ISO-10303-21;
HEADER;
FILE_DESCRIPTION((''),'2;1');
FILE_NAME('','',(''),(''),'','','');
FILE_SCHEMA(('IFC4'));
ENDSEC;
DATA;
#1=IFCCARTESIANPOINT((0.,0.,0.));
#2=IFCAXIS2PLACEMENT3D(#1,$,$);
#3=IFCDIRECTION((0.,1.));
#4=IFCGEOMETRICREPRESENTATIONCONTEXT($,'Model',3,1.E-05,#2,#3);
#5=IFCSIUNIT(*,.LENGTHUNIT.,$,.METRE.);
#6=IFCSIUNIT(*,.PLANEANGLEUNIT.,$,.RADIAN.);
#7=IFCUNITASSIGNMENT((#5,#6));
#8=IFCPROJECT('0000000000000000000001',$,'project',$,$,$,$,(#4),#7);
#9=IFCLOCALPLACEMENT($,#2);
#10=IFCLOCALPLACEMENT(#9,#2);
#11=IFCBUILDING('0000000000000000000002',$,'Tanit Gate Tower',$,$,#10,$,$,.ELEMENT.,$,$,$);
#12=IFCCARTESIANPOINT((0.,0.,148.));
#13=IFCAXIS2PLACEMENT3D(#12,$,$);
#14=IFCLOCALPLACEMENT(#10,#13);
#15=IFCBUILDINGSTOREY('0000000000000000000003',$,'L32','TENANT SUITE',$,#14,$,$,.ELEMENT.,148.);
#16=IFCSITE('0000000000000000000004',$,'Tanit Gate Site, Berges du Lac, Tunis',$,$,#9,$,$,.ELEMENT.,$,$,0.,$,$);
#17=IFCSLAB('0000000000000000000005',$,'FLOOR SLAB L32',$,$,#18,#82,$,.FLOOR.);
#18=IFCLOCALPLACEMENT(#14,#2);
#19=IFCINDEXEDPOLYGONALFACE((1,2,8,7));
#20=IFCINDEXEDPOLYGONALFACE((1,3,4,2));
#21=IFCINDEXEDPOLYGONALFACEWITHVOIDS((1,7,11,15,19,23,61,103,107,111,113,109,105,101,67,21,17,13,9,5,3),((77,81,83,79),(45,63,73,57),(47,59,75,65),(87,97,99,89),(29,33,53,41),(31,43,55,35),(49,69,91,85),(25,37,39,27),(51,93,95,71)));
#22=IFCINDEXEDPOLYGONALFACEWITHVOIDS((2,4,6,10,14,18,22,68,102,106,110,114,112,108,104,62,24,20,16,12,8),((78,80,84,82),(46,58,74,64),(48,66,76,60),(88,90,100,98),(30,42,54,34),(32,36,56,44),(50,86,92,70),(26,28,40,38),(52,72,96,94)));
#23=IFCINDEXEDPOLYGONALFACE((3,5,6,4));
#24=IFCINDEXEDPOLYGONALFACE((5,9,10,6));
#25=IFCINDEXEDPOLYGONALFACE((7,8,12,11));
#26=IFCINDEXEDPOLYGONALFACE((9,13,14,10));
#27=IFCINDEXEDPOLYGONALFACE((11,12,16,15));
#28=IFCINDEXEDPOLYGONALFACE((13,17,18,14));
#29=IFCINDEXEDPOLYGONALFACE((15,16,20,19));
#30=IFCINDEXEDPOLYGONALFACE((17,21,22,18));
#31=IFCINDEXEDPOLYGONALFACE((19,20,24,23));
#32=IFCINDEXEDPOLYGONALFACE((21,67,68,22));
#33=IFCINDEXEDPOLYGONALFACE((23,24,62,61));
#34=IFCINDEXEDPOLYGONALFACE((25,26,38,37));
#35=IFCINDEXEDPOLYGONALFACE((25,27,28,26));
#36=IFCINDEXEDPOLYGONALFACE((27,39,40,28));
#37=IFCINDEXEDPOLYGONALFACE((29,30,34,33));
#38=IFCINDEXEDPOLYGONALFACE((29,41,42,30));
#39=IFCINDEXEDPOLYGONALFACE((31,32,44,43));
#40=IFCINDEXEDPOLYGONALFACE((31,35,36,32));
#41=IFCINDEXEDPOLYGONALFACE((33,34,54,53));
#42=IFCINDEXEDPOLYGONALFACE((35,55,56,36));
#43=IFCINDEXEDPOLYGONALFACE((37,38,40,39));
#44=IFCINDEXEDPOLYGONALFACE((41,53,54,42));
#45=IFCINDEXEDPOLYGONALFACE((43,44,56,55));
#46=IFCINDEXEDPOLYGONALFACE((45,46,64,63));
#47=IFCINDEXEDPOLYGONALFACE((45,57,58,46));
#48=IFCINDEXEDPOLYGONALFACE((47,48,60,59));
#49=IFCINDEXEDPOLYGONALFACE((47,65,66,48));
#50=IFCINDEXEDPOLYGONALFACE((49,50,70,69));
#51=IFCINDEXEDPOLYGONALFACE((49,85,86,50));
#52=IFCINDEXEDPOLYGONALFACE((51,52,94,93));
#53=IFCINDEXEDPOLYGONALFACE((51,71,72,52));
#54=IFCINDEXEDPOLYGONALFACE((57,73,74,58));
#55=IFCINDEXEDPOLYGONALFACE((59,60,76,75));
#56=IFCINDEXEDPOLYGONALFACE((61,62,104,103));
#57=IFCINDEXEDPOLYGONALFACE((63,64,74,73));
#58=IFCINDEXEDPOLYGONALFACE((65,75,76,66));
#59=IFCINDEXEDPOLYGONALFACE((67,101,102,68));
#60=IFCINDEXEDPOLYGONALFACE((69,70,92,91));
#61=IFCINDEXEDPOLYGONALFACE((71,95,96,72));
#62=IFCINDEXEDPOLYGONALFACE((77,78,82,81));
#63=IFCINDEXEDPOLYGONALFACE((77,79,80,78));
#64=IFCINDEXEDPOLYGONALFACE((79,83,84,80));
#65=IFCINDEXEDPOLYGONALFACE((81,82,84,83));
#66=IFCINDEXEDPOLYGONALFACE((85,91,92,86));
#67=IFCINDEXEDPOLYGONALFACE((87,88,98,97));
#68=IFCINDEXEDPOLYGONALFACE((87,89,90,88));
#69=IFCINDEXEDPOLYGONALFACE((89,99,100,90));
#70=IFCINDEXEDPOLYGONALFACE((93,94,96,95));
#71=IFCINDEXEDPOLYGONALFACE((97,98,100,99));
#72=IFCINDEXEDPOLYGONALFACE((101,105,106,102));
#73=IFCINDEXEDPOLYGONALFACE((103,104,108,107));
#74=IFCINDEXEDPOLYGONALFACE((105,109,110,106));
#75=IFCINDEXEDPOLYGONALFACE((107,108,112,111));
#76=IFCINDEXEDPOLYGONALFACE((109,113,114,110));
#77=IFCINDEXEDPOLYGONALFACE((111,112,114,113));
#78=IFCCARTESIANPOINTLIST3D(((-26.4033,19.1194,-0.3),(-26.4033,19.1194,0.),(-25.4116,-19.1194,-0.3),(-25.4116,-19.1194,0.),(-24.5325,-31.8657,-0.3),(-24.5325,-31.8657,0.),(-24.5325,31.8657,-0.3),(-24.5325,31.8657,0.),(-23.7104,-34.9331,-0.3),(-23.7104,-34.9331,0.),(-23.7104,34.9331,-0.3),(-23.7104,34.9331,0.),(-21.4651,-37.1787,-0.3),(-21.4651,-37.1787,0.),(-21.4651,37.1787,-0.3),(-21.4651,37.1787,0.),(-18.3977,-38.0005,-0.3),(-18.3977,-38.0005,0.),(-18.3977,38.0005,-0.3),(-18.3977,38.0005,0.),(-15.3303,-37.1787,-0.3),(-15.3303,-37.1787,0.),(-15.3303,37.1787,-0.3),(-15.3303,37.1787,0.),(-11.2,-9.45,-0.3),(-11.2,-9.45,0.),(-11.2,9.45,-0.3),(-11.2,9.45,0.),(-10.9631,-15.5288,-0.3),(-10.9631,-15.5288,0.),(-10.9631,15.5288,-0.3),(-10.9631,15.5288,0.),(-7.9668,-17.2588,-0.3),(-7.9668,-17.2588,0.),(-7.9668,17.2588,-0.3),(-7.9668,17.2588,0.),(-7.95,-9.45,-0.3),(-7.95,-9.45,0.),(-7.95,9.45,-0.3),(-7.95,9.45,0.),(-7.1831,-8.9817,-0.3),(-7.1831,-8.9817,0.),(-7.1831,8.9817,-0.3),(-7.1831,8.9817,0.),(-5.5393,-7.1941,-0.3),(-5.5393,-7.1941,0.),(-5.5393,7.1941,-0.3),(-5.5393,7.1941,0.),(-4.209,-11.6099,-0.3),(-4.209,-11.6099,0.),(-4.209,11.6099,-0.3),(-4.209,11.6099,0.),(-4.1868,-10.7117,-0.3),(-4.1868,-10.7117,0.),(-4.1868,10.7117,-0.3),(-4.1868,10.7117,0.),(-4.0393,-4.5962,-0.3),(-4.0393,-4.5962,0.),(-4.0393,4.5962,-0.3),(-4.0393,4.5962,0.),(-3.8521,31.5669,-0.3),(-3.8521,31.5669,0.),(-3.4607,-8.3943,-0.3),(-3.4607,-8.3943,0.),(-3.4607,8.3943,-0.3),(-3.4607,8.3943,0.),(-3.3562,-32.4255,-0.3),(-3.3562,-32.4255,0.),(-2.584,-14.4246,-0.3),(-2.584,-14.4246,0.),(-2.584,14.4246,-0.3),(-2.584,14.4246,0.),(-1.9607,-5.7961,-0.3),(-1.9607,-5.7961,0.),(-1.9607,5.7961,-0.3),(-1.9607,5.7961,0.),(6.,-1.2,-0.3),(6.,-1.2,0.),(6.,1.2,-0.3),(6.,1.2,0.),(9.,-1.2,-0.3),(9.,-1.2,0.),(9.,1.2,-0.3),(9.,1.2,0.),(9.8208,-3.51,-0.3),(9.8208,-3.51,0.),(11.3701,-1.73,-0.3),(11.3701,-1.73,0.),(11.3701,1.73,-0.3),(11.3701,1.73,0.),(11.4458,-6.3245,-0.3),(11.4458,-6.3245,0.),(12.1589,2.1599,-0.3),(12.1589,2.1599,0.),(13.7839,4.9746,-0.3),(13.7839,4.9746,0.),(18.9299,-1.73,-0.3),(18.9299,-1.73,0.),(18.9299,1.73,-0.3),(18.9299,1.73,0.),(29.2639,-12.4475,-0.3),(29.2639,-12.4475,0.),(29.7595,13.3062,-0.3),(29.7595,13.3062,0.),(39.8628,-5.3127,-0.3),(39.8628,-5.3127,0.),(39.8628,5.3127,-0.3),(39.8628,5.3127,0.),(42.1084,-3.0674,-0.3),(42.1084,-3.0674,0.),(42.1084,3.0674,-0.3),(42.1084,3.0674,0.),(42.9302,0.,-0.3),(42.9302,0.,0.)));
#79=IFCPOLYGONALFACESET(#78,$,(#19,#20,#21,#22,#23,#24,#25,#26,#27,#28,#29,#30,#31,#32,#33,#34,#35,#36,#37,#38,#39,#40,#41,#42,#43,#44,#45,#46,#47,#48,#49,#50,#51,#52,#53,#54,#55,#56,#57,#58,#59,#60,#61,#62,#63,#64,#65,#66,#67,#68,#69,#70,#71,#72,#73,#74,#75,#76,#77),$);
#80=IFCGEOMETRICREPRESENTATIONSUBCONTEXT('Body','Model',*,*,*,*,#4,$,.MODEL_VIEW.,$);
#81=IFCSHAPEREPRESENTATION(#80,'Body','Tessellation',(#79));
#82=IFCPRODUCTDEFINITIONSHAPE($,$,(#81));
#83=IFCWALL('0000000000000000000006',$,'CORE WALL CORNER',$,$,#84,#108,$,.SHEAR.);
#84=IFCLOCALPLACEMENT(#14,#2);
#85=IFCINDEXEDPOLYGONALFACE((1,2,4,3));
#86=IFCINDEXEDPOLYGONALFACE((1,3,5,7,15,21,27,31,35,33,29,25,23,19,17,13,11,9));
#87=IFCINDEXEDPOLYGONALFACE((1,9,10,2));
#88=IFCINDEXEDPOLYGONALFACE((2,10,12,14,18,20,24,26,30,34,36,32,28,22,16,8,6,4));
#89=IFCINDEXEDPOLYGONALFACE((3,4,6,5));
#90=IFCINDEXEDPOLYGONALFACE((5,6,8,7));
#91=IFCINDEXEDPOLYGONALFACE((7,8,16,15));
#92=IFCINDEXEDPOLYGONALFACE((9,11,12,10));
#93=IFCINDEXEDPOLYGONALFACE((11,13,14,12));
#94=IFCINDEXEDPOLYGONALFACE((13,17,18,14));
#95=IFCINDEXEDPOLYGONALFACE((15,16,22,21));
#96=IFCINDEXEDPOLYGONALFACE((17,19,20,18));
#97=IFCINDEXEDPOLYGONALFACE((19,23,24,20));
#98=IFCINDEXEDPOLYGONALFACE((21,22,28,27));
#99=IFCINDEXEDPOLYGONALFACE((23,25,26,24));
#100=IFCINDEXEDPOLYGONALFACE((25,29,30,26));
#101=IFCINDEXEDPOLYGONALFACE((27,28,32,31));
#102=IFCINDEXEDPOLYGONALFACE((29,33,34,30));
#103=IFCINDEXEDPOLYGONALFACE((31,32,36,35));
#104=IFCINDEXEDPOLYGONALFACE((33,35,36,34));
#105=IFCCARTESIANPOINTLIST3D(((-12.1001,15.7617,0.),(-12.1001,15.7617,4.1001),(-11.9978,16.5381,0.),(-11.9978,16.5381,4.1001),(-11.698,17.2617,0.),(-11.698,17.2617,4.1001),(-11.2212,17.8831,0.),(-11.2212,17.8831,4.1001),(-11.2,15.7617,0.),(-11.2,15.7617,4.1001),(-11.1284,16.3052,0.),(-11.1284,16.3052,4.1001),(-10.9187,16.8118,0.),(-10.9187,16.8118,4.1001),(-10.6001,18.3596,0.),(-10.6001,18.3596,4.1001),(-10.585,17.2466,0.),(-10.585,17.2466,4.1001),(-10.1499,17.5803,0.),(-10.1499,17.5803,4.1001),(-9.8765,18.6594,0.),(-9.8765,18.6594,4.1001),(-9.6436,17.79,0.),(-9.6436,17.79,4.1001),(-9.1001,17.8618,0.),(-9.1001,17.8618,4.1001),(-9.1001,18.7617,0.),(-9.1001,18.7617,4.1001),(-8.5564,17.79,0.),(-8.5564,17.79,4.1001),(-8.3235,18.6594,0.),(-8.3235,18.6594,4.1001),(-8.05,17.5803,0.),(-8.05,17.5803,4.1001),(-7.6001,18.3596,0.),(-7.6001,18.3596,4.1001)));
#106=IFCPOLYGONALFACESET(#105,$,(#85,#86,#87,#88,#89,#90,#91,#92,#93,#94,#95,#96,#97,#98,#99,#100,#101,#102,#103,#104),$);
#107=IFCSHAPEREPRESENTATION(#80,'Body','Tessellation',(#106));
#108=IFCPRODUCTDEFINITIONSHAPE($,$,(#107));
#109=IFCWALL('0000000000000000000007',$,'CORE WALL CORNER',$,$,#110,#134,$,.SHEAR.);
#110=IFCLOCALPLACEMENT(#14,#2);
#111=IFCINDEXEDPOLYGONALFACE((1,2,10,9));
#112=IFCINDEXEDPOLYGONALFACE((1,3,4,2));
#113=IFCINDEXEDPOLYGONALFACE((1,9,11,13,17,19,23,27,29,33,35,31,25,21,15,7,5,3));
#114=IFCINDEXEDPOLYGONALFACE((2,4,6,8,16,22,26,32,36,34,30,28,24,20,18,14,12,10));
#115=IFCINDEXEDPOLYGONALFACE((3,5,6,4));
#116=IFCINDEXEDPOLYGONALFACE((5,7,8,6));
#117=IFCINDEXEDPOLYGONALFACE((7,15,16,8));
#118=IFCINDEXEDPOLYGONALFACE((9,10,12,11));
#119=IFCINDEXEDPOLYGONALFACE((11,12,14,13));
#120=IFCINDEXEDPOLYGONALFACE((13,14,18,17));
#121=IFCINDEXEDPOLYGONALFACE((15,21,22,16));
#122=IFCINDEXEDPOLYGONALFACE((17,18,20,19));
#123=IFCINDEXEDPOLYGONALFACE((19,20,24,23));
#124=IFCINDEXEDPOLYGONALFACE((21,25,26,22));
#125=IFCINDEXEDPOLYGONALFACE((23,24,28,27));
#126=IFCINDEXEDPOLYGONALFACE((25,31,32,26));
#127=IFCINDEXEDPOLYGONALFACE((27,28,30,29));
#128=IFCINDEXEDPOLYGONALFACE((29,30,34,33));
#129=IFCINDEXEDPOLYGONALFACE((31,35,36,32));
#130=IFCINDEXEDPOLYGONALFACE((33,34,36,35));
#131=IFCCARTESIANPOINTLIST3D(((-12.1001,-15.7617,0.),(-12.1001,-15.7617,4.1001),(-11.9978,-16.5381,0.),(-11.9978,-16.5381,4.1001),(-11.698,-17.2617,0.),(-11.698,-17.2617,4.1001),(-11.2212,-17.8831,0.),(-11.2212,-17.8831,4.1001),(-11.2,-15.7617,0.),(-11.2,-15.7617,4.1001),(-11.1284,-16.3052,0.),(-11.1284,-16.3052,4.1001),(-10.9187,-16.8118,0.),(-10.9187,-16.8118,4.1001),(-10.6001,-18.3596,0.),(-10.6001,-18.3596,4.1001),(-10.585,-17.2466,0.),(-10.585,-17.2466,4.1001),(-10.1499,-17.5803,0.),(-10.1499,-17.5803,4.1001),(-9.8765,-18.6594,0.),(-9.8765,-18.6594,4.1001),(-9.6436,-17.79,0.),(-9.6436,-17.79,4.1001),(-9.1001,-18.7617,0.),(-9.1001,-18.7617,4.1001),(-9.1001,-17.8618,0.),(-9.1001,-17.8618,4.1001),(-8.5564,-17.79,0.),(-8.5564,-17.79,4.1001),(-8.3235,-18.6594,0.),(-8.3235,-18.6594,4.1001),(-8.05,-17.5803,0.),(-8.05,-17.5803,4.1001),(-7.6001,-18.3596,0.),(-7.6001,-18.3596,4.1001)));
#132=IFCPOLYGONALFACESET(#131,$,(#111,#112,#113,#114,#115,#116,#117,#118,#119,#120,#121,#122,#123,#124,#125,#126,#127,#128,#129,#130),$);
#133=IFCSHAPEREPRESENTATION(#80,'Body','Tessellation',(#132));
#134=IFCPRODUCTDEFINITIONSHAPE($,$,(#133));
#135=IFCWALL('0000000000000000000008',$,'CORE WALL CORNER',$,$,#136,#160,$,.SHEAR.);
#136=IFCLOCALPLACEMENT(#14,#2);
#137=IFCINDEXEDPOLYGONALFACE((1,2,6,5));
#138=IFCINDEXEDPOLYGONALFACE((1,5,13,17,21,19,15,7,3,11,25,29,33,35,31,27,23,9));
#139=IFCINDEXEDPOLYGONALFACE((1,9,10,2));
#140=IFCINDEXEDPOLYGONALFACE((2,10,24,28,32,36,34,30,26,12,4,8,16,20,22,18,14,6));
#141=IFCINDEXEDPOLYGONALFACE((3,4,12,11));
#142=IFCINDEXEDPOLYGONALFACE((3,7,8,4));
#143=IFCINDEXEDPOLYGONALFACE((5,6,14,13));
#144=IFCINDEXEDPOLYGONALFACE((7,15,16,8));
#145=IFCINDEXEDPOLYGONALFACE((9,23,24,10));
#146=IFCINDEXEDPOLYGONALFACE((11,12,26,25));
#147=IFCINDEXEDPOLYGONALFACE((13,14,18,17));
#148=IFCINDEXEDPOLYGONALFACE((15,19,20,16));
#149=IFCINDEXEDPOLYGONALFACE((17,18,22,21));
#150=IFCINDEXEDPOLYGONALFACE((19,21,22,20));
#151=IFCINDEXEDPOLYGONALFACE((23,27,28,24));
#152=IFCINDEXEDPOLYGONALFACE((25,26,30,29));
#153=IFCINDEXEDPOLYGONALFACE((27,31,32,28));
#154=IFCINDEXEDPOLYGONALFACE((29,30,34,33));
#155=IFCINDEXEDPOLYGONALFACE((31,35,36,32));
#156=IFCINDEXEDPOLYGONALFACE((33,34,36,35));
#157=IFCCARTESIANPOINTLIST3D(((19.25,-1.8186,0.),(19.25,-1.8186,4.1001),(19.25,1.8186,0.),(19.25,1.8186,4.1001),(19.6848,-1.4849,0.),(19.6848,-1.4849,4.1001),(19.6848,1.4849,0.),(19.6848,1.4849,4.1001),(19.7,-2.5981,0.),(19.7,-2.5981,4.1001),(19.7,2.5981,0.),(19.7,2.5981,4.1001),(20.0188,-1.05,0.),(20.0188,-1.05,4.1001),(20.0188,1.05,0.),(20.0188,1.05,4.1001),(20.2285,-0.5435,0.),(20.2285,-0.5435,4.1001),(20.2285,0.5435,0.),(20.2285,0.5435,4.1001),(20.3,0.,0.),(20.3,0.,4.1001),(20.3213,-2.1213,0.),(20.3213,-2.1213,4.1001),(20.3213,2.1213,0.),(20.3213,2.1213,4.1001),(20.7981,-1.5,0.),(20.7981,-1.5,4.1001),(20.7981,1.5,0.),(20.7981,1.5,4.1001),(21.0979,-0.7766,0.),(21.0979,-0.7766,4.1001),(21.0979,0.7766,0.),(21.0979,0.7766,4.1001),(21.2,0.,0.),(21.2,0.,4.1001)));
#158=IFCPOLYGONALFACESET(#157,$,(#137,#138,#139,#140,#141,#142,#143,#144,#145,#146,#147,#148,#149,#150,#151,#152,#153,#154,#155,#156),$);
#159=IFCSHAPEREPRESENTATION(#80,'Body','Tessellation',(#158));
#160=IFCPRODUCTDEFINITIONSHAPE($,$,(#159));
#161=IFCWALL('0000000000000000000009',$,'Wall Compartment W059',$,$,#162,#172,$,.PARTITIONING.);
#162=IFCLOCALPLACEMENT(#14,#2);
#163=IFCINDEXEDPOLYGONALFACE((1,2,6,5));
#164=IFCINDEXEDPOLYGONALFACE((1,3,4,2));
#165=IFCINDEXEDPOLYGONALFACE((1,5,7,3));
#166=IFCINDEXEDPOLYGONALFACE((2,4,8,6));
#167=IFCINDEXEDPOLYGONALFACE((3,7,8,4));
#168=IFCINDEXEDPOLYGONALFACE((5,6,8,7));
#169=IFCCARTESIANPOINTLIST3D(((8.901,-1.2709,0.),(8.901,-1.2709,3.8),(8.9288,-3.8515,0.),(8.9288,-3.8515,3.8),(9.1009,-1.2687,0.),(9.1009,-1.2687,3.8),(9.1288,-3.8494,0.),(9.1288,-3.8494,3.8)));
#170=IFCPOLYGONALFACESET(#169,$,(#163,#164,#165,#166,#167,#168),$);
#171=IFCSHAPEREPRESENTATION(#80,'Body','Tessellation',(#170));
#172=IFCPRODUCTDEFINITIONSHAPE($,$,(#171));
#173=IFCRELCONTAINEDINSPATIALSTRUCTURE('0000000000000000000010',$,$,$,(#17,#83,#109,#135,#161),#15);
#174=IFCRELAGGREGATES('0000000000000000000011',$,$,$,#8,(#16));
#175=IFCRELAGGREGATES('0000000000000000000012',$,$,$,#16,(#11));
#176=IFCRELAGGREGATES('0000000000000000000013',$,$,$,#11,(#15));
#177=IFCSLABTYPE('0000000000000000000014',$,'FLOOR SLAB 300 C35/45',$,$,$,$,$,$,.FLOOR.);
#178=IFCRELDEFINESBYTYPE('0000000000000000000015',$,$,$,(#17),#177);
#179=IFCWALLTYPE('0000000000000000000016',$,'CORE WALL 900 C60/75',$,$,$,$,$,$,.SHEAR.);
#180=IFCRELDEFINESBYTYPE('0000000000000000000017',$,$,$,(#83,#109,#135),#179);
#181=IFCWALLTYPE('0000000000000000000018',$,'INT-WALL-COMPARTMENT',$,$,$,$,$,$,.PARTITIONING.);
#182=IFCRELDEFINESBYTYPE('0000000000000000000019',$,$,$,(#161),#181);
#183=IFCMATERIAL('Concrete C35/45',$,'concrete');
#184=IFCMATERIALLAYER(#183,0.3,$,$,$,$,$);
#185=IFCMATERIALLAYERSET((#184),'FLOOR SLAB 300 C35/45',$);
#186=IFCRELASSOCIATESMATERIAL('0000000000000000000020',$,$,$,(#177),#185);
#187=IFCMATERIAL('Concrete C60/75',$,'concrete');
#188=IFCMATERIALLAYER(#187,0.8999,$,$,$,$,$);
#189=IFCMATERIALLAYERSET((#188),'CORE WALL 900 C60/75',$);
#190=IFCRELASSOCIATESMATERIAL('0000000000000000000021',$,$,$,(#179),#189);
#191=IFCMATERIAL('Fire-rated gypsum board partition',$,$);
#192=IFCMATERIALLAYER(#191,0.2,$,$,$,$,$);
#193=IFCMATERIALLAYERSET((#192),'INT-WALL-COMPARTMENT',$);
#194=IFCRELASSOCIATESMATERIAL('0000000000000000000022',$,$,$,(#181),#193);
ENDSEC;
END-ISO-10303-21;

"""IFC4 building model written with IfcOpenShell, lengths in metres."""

from ifc_helpers import new_model, si_unit, direction, frame, frame_2d, origin, place, context, subcontext, project, spatial, polyline, rectangle, outline, extrude, material, layer, layer_set, type_object, element, save


model = new_model("IFC4")

# Units and contexts
model_context = context("Model", 3, precision=1e-05, world=origin(), true_north=direction((0.0, 1.0)))
body_context = subcontext(model_context, "Body", "Model", "MODEL_VIEW")
ifc_project = project(units=[si_unit("LENGTHUNIT", "METRE"), si_unit("PLANEANGLEUNIT", "RADIAN")], contexts=[model_context])

# Site, building, storey
site_placement = place(None, origin())
site = spatial("IfcSite", under=ifc_project, at=site_placement, Name="Tanit Gate Site, Berges du Lac, Tunis", CompositionType="ELEMENT", RefElevation=0.0)
building_placement = place(site_placement, origin())
building = spatial("IfcBuilding", under=site, at=building_placement, Name="Tanit Gate Tower", CompositionType="ELEMENT")
storey_placement = place(building_placement, frame((0.0, 0.0, 148.0)))
storey = spatial("IfcBuildingStorey", under=building, at=storey_placement, Name="L32", Description="TENANT SUITE", CompositionType="ELEMENT", Elevation=148.0)

# Slab
ifc_material_1 = material(Name="Concrete C35/45", Category="concrete")
ifc_layer_1 = layer(ifc_material_1, 0.3)
ifc_layer_set_1 = layer_set([ifc_layer_1], Name="FLOOR SLAB 300 C35/45")
slab_type = type_object("IfcSlabType", Name="FLOOR SLAB 300 C35/45", PredefinedType="FLOOR", material=ifc_layer_set_1)
slab_placement = place(storey_placement, frame((0.0, 0.0, -0.3)))
element("IfcSlab", 1, at=slab_placement, inside=storey, type_object=slab_type, Name="FLOOR SLAB L32", PredefinedType="FLOOR", context=body_context, shape_type="SweptSolid", body=[
    extrude(outline(polyline([(39.8628, 5.3127), (42.1084, 3.0674), (42.9302, 0.0), (42.1084, -3.0674), (39.8628, -5.3127), (29.2639, -12.4475), (-3.3562, -32.4255), (-15.3303, -37.1787), (-18.3977, -38.0005), (-21.4651, -37.1787), (-23.7104, -34.9331), (-24.5325, -31.8657), (-25.4116, -19.1194), (-26.4033, 19.1194), (-24.5325, 31.8657), (-23.7104, 34.9331), (-21.4651, 37.1787), (-18.3977, 38.0005), (-15.3303, 37.1787), (-3.8521, 31.5669), (29.7595, 13.3062), (39.8628, 5.3127)]), holes=[polyline([(11.3701, 1.73), (18.9299, 1.73), (18.9299, -1.73), (11.3701, -1.73), (11.3701, 1.73)]), polyline([(-4.209, 11.6099), (-2.584, 14.4246), (13.7839, 4.9746), (12.1589, 2.1599), (-4.209, 11.6099)]), polyline([(-4.209, -11.6099), (9.8208, -3.51), (11.4458, -6.3245), (-2.584, -14.4246), (-4.209, -11.6099)]), polyline([(9.0, 1.2), (9.0, -1.2), (6.0, -1.2), (6.0, 1.2), (9.0, 1.2)]), polyline([(-5.5393, 7.1941), (-3.4607, 8.3943), (-1.9607, 5.7961), (-4.0393, 4.5962), (-5.5393, 7.1941)]), polyline([(-1.9607, -5.7961), (-3.4607, -8.3943), (-5.5393, -7.1941), (-4.0393, -4.5962), (-1.9607, -5.7961)]), polyline([(-10.9631, 15.5288), (-7.9668, 17.2588), (-4.1868, 10.7117), (-7.1831, 8.9817), (-10.9631, 15.5288)]), polyline([(-4.1868, -10.7117), (-7.9668, -17.2588), (-10.9631, -15.5288), (-7.1831, -8.9817), (-4.1868, -10.7117)]), polyline([(-11.2, -9.45), (-11.2, 9.45), (-7.95, 9.45), (-7.95, -9.45), (-11.2, -9.45)])]), origin(), (0.0, 0.0, 1.0), 0.3),
])

# Walls
ifc_material_2 = material(Name="Concrete C60/75", Category="concrete")
ifc_layer_2 = layer(ifc_material_2, 0.8999)
ifc_layer_set_2 = layer_set([ifc_layer_2], Name="CORE WALL 900 C60/75")
wall_type_1 = type_object("IfcWallType", Name="CORE WALL 900 C60/75", PredefinedType="SHEAR", material=ifc_layer_set_2)
wall_1_placement = place(storey_placement, origin())
element("IfcWall", 2, at=wall_1_placement, inside=storey, type_object=wall_type_1, Name="CORE WALL CORNER", PredefinedType="SHEAR", context=body_context, shape_type="SweptSolid", body=[
    extrude(outline(polyline([(-7.6001, 18.3596), (-8.3235, 18.6594), (-9.1001, 18.7617), (-9.8765, 18.6594), (-10.6001, 18.3596), (-11.2212, 17.8831), (-11.698, 17.2617), (-11.9978, 16.5381), (-12.1001, 15.7617), (-11.2, 15.7617), (-11.1284, 16.3052), (-10.9187, 16.8118), (-10.585, 17.2466), (-10.1499, 17.5803), (-9.6436, 17.79), (-9.1001, 17.8618), (-8.5564, 17.79), (-8.05, 17.5803), (-7.6001, 18.3596)])), origin(), (0.0, 0.0, 1.0), 4.1001),
])
wall_2_placement = place(storey_placement, origin())
element("IfcWall", 3, at=wall_2_placement, inside=storey, type_object=wall_type_1, Name="CORE WALL CORNER", PredefinedType="SHEAR", context=body_context, shape_type="SweptSolid", body=[
    extrude(outline(polyline([(-12.1001, -15.7617), (-11.9978, -16.5381), (-11.698, -17.2617), (-11.2212, -17.8831), (-10.6001, -18.3596), (-9.8765, -18.6594), (-9.1001, -18.7617), (-8.3235, -18.6594), (-7.6001, -18.3596), (-8.05, -17.5803), (-8.5564, -17.79), (-9.1001, -17.8618), (-9.6436, -17.79), (-10.1499, -17.5803), (-10.585, -17.2466), (-10.9187, -16.8118), (-11.1284, -16.3052), (-11.2, -15.7617), (-12.1001, -15.7617)])), origin(), (0.0, 0.0, 1.0), 4.1001),
])
wall_3_placement = place(storey_placement, origin())
element("IfcWall", 4, at=wall_3_placement, inside=storey, type_object=wall_type_1, Name="CORE WALL CORNER", PredefinedType="SHEAR", context=body_context, shape_type="SweptSolid", body=[
    extrude(outline(polyline([(19.7, -2.5981), (20.3213, -2.1213), (20.7981, -1.5), (21.0979, -0.7766), (21.2, 0.0), (21.0979, 0.7766), (20.7981, 1.5), (20.3213, 2.1213), (19.7, 2.5981), (19.25, 1.8186), (19.6848, 1.4849), (20.0188, 1.05), (20.2285, 0.5435), (20.3, 0.0), (20.2285, -0.5435), (20.0188, -1.05), (19.6848, -1.4849), (19.25, -1.8186), (19.7, -2.5981)])), origin(), (0.0, 0.0, 1.0), 4.1001),
])
ifc_material_3 = material(Name="Fire-rated gypsum board partition")
ifc_layer_3 = layer(ifc_material_3, 0.2)
ifc_layer_set_3 = layer_set([ifc_layer_3], Name="INT-WALL-COMPARTMENT")
wall_type_2 = type_object("IfcWallType", Name="INT-WALL-COMPARTMENT", PredefinedType="PARTITIONING", material=ifc_layer_set_3)
wall_4_placement = place(storey_placement, frame((9.0288, -3.8506, 0.0), z_axis=(0.0, 0.0, 1.0), x_axis=(-0.010785, 0.999942, 0.0)))
element("IfcWall", 5, at=wall_4_placement, inside=storey, type_object=wall_type_2, Name="Wall Compartment W059", PredefinedType="PARTITIONING", context=body_context, shape_type="SweptSolid", body=[
    extrude(rectangle(XDim=2.5808, YDim=0.2, at=frame_2d((1.2905, 0.0))), origin(), (0.0, 0.0, 1.0), 3.8),
])

save(model, "model.ifc")
